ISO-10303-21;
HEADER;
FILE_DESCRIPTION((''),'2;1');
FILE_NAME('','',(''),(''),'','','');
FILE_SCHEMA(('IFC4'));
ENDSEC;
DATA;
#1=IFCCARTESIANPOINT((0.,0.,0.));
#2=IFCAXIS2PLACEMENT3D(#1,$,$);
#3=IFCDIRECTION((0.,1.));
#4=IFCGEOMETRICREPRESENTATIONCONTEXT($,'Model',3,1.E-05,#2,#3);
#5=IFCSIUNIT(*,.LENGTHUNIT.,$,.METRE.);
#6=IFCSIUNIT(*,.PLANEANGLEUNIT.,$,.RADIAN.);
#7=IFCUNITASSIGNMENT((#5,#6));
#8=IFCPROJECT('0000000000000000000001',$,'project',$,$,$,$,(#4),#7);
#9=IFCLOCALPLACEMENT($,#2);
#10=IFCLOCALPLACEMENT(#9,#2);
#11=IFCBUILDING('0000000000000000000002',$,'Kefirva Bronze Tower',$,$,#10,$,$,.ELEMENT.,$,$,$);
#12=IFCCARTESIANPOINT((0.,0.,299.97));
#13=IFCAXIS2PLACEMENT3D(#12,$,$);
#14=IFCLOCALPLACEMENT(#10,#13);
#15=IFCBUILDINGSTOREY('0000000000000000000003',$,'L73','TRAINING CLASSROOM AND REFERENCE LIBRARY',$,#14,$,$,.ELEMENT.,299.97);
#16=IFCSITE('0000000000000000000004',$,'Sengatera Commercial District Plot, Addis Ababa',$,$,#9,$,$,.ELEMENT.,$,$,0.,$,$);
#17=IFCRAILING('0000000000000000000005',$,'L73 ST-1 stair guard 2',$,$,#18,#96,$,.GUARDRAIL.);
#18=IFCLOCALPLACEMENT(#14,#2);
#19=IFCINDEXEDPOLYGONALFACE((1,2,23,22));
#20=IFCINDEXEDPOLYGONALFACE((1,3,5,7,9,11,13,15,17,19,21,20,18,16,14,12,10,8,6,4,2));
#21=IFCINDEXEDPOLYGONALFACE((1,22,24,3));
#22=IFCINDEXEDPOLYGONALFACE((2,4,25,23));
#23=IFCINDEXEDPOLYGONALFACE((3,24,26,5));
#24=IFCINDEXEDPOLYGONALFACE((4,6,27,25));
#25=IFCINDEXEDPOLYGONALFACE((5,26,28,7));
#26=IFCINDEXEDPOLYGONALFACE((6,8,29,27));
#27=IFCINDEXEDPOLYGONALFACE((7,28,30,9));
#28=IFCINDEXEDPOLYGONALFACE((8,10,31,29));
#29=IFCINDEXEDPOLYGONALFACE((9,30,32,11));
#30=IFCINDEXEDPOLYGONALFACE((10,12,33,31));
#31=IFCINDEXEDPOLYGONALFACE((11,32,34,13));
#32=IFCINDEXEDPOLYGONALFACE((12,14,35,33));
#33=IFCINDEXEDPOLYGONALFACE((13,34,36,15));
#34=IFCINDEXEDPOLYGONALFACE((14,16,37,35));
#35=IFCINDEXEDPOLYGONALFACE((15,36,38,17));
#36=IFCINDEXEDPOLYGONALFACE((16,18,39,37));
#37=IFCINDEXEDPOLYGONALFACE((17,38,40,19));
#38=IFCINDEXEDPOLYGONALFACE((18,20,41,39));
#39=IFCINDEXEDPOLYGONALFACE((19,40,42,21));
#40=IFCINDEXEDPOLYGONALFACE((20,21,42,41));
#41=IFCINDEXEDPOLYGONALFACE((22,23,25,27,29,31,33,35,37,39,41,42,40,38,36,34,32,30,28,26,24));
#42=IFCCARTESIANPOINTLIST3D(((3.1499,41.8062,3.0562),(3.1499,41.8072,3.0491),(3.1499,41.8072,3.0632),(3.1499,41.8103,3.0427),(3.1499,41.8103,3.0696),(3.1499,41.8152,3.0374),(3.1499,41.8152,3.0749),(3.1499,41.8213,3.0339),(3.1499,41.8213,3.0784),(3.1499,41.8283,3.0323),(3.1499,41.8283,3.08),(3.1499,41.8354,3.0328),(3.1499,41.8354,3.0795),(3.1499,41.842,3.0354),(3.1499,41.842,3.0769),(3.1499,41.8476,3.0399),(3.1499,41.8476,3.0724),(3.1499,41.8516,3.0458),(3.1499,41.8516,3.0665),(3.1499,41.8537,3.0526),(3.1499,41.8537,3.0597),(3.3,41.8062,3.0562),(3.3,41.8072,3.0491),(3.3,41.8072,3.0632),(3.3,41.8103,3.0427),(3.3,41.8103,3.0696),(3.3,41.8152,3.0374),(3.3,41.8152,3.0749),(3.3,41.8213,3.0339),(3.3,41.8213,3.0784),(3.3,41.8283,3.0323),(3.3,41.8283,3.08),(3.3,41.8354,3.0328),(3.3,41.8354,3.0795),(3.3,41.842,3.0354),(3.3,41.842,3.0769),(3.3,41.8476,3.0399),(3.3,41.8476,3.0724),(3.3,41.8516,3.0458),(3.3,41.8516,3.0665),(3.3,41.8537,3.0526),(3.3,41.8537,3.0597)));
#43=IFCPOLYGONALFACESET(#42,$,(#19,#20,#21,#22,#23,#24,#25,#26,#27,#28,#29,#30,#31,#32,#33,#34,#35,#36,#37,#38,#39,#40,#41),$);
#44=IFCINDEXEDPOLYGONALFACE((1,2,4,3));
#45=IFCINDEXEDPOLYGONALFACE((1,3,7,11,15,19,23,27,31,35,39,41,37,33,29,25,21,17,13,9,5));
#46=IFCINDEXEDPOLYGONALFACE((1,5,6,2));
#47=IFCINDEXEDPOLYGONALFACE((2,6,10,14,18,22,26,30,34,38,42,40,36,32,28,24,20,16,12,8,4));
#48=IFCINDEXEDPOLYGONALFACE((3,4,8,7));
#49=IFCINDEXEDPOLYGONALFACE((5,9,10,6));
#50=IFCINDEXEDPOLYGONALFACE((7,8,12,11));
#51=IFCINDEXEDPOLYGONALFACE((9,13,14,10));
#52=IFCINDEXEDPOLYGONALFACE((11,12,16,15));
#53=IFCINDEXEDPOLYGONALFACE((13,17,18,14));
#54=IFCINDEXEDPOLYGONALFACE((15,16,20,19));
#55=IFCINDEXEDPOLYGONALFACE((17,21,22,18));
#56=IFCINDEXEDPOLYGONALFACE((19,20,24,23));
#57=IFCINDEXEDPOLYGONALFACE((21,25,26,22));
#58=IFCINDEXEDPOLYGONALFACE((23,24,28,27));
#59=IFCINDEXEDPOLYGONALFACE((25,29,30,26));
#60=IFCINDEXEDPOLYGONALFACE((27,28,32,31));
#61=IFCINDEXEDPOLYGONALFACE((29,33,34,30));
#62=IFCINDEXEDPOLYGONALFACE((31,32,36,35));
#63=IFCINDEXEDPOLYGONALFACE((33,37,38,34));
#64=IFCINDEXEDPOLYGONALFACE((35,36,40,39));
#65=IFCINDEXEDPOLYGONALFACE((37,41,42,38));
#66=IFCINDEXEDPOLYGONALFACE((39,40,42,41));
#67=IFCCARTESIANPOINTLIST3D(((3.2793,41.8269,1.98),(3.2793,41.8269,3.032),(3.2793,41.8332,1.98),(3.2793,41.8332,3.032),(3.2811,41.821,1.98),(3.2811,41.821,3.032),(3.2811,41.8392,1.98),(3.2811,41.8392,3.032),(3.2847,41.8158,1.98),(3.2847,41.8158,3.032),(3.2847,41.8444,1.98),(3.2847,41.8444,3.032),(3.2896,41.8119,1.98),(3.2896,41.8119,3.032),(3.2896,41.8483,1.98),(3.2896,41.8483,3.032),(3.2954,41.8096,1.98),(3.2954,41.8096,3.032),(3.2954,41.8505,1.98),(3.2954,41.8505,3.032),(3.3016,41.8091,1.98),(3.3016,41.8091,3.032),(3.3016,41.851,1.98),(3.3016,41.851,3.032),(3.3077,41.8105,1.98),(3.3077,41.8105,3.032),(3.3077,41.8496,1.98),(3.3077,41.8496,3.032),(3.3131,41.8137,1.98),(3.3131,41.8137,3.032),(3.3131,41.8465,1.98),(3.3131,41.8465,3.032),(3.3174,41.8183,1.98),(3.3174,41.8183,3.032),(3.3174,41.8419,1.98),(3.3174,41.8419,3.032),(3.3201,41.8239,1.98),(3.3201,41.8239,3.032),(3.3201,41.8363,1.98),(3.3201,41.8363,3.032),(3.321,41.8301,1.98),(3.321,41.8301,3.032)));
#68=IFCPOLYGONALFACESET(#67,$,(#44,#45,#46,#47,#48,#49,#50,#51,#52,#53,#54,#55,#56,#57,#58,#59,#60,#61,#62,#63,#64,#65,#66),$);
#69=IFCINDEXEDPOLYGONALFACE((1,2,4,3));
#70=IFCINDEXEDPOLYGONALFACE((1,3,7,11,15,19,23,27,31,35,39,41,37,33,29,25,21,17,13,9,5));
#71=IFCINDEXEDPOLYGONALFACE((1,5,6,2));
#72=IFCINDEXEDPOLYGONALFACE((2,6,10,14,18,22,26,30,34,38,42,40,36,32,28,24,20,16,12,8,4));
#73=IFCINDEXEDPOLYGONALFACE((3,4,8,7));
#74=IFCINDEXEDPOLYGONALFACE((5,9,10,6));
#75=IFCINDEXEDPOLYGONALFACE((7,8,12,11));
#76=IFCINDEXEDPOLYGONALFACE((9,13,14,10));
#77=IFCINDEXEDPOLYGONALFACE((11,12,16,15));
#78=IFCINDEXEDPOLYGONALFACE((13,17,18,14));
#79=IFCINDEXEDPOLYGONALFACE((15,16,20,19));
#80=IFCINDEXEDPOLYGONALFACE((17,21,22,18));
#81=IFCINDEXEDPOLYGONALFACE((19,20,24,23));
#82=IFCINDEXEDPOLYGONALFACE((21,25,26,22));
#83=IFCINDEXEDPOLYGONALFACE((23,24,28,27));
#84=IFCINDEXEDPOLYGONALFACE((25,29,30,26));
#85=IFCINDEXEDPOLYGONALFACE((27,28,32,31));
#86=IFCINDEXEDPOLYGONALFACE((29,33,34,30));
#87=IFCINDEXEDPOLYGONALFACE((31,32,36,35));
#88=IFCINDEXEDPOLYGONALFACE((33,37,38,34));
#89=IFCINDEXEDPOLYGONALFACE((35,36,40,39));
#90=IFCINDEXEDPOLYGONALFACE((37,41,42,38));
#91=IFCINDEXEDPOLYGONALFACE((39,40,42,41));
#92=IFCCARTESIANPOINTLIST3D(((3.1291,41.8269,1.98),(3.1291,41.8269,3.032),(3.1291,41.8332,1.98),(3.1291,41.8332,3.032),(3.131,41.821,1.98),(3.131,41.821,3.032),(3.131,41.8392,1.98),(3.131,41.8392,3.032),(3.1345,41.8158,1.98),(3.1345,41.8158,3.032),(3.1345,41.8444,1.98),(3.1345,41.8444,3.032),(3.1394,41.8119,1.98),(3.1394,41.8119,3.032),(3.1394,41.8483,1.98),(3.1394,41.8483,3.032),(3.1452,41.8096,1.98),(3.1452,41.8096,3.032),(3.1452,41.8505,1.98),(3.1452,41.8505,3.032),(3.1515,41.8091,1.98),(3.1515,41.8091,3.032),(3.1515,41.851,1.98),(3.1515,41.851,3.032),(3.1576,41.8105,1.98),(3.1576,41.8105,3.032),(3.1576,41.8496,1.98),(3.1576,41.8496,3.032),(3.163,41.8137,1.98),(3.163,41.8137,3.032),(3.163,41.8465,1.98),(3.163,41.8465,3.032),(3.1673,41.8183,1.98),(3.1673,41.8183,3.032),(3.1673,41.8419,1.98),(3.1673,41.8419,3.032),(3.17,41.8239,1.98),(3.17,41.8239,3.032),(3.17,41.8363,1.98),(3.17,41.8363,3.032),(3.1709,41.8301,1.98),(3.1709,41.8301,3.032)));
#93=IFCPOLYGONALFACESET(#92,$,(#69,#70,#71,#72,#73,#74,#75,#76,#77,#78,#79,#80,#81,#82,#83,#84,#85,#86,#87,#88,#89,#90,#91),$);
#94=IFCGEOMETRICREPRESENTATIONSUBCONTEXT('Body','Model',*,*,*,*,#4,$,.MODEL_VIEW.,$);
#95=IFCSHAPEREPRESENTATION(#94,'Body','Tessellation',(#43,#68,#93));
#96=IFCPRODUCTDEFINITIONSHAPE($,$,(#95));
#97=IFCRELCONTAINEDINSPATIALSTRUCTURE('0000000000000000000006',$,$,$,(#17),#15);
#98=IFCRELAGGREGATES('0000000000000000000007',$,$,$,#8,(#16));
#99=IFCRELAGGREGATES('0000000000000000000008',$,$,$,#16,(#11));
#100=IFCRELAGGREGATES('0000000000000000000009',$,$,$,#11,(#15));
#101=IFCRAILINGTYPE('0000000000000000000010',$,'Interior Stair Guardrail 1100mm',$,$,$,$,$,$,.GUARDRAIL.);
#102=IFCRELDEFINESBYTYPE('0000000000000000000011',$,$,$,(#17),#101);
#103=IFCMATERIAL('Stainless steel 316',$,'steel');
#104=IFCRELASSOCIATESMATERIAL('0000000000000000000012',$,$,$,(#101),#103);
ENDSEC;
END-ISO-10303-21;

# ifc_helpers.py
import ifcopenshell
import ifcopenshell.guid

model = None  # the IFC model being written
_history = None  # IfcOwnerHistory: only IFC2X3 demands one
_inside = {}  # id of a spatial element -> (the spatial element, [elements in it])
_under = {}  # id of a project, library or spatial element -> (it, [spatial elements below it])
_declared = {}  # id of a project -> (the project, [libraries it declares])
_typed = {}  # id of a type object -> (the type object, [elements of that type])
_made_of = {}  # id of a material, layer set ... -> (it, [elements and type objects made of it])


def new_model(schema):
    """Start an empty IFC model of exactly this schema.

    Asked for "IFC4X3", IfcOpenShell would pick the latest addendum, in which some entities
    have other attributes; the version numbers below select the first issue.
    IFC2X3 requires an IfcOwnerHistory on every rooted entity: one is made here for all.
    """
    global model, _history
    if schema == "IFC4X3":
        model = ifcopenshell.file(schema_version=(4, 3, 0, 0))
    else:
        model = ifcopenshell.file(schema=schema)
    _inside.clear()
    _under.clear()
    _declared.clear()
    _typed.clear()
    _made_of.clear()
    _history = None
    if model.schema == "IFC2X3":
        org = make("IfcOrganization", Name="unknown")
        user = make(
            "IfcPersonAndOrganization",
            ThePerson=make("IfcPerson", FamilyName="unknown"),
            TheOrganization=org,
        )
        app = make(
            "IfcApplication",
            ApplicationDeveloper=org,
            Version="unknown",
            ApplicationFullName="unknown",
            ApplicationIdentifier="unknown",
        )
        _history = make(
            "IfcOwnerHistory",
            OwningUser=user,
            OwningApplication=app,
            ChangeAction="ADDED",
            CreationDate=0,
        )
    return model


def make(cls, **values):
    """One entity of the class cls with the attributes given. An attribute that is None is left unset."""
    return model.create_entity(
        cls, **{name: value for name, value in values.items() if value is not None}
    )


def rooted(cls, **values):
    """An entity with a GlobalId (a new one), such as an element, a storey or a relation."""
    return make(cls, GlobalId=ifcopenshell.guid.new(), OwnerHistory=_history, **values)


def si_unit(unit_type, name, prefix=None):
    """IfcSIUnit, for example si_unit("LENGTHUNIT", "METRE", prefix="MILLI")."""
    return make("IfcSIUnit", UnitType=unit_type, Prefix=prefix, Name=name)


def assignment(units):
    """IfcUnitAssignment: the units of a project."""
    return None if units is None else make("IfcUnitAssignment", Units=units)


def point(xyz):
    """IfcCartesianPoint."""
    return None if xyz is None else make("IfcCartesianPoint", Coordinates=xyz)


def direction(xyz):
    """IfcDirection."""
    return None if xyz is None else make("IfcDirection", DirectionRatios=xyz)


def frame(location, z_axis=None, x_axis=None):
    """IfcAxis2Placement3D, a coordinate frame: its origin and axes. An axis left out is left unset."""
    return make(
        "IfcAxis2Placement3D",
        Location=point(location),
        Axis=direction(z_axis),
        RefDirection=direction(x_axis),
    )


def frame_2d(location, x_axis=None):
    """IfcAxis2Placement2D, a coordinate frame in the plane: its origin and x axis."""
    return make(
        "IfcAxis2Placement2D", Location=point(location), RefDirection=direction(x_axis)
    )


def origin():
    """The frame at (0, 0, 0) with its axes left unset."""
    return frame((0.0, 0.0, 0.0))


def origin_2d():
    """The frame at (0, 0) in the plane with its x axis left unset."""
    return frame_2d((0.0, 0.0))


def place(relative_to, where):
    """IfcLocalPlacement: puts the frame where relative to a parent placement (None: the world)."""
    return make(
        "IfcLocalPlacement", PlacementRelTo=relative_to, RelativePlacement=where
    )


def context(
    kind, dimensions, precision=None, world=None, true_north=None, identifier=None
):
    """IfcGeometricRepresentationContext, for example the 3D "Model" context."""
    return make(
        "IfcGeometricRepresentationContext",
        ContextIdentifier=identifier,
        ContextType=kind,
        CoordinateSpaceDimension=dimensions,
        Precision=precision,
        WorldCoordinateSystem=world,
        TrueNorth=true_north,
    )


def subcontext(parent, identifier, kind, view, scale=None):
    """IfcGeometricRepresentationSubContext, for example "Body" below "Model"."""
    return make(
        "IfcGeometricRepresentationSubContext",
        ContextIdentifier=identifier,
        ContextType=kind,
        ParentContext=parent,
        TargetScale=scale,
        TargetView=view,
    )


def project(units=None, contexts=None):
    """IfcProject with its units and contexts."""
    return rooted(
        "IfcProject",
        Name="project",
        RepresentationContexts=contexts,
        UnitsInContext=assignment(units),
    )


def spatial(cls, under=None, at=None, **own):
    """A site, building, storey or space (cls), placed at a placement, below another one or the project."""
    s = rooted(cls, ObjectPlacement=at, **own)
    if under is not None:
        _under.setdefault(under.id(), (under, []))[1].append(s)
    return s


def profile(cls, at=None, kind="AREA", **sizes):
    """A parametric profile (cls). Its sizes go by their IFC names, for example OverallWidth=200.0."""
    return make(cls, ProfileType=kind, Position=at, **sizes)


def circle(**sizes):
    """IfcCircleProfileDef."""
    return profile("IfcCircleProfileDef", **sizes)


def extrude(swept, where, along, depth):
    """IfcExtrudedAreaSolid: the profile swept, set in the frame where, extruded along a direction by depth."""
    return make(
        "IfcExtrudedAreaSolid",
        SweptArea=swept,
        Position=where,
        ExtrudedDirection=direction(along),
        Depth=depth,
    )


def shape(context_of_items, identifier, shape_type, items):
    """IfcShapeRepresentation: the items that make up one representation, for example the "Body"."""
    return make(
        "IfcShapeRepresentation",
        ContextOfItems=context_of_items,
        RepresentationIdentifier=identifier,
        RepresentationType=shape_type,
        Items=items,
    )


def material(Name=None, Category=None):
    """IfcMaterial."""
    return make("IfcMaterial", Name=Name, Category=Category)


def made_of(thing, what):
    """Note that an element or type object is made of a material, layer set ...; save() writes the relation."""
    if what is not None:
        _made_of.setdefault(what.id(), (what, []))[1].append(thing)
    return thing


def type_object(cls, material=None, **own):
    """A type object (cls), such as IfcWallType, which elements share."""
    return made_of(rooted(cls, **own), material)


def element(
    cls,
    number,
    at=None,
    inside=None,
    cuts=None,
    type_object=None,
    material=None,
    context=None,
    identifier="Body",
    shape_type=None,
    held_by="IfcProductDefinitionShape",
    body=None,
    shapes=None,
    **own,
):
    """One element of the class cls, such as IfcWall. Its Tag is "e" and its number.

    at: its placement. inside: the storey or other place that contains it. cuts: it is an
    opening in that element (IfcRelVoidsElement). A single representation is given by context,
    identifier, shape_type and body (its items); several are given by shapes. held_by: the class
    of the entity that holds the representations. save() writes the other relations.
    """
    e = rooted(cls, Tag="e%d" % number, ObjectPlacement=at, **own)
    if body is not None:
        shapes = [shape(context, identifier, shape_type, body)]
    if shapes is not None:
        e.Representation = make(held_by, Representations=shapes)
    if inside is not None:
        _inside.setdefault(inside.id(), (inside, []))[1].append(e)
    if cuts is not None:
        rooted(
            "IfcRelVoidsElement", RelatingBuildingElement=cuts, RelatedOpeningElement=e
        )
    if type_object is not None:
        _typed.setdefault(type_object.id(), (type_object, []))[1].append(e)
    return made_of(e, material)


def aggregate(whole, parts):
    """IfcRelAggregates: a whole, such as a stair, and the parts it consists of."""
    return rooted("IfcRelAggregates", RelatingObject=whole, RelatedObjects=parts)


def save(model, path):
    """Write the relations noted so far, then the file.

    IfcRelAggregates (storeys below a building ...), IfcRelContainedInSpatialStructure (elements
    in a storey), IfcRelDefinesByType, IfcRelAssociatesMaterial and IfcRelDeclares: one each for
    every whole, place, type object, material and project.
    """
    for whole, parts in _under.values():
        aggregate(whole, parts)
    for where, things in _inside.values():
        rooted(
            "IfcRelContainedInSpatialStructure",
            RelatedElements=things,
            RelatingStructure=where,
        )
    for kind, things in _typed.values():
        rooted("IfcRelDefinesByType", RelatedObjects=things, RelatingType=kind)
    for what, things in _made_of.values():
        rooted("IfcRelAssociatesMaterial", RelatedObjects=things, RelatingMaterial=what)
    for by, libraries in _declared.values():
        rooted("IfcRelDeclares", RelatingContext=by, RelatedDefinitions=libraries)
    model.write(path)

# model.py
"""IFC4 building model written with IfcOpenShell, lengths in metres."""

from ifc_helpers import new_model, si_unit, direction, frame, origin, origin_2d, place, context, subcontext, project, spatial, circle, extrude, material, type_object, element, save


model = new_model("IFC4")

# Units and contexts
model_context = context("Model", 3, precision=1e-05, world=origin(), true_north=direction((0.0, 1.0)))
body_context = subcontext(model_context, "Body", "Model", "MODEL_VIEW")
ifc_project = project(units=[si_unit("LENGTHUNIT", "METRE"), si_unit("PLANEANGLEUNIT", "RADIAN")], contexts=[model_context])

# Site, building, storey
site_placement = place(None, origin())
site = spatial("IfcSite", under=ifc_project, at=site_placement, Name="Sengatera Commercial District Plot, Addis Ababa", CompositionType="ELEMENT", RefElevation=0.0)
building_placement = place(site_placement, origin())
building = spatial("IfcBuilding", under=site, at=building_placement, Name="Kefirva Bronze Tower", CompositionType="ELEMENT")
storey_placement = place(building_placement, frame((0.0, 0.0, 299.97)))
storey = spatial("IfcBuildingStorey", under=building, at=storey_placement, Name="L73", Description="TRAINING CLASSROOM AND REFERENCE LIBRARY", CompositionType="ELEMENT", Elevation=299.97)

# Railing
ifc_material_1 = material(Name="Stainless steel 316", Category="steel")
railing_type_1 = type_object("IfcRailingType", Name="Interior Stair Guardrail 1100mm", PredefinedType="GUARDRAIL", material=ifc_material_1)
railing_1_placement = place(storey_placement, frame((3.3, 41.8301, 1.98)))
element("IfcRailing", 1, at=railing_1_placement, inside=storey, type_object=railing_type_1, Name="L73 ST-1 stair guard 2", PredefinedType="GUARDRAIL", context=body_context, shape_type="SweptSolid", body=[
    extrude(circle(Radius=0.0239, at=origin_2d()), frame((0.0, 0.0, 1.0762), z_axis=(-1.0, 0.0, 0.0), x_axis=(0.0, -1.0, 0.0)), (0.0, 0.0, 1.0), 0.1501),
    extrude(circle(Radius=0.021, at=origin_2d()), origin(), (0.0, 0.0, 1.0), 1.052),
    extrude(circle(Radius=0.021, at=origin_2d()), frame((-0.1501, 0.0, 0.0)), (0.0, 0.0, 1.0), 1.052),
])

save(model, "model.ifc")
